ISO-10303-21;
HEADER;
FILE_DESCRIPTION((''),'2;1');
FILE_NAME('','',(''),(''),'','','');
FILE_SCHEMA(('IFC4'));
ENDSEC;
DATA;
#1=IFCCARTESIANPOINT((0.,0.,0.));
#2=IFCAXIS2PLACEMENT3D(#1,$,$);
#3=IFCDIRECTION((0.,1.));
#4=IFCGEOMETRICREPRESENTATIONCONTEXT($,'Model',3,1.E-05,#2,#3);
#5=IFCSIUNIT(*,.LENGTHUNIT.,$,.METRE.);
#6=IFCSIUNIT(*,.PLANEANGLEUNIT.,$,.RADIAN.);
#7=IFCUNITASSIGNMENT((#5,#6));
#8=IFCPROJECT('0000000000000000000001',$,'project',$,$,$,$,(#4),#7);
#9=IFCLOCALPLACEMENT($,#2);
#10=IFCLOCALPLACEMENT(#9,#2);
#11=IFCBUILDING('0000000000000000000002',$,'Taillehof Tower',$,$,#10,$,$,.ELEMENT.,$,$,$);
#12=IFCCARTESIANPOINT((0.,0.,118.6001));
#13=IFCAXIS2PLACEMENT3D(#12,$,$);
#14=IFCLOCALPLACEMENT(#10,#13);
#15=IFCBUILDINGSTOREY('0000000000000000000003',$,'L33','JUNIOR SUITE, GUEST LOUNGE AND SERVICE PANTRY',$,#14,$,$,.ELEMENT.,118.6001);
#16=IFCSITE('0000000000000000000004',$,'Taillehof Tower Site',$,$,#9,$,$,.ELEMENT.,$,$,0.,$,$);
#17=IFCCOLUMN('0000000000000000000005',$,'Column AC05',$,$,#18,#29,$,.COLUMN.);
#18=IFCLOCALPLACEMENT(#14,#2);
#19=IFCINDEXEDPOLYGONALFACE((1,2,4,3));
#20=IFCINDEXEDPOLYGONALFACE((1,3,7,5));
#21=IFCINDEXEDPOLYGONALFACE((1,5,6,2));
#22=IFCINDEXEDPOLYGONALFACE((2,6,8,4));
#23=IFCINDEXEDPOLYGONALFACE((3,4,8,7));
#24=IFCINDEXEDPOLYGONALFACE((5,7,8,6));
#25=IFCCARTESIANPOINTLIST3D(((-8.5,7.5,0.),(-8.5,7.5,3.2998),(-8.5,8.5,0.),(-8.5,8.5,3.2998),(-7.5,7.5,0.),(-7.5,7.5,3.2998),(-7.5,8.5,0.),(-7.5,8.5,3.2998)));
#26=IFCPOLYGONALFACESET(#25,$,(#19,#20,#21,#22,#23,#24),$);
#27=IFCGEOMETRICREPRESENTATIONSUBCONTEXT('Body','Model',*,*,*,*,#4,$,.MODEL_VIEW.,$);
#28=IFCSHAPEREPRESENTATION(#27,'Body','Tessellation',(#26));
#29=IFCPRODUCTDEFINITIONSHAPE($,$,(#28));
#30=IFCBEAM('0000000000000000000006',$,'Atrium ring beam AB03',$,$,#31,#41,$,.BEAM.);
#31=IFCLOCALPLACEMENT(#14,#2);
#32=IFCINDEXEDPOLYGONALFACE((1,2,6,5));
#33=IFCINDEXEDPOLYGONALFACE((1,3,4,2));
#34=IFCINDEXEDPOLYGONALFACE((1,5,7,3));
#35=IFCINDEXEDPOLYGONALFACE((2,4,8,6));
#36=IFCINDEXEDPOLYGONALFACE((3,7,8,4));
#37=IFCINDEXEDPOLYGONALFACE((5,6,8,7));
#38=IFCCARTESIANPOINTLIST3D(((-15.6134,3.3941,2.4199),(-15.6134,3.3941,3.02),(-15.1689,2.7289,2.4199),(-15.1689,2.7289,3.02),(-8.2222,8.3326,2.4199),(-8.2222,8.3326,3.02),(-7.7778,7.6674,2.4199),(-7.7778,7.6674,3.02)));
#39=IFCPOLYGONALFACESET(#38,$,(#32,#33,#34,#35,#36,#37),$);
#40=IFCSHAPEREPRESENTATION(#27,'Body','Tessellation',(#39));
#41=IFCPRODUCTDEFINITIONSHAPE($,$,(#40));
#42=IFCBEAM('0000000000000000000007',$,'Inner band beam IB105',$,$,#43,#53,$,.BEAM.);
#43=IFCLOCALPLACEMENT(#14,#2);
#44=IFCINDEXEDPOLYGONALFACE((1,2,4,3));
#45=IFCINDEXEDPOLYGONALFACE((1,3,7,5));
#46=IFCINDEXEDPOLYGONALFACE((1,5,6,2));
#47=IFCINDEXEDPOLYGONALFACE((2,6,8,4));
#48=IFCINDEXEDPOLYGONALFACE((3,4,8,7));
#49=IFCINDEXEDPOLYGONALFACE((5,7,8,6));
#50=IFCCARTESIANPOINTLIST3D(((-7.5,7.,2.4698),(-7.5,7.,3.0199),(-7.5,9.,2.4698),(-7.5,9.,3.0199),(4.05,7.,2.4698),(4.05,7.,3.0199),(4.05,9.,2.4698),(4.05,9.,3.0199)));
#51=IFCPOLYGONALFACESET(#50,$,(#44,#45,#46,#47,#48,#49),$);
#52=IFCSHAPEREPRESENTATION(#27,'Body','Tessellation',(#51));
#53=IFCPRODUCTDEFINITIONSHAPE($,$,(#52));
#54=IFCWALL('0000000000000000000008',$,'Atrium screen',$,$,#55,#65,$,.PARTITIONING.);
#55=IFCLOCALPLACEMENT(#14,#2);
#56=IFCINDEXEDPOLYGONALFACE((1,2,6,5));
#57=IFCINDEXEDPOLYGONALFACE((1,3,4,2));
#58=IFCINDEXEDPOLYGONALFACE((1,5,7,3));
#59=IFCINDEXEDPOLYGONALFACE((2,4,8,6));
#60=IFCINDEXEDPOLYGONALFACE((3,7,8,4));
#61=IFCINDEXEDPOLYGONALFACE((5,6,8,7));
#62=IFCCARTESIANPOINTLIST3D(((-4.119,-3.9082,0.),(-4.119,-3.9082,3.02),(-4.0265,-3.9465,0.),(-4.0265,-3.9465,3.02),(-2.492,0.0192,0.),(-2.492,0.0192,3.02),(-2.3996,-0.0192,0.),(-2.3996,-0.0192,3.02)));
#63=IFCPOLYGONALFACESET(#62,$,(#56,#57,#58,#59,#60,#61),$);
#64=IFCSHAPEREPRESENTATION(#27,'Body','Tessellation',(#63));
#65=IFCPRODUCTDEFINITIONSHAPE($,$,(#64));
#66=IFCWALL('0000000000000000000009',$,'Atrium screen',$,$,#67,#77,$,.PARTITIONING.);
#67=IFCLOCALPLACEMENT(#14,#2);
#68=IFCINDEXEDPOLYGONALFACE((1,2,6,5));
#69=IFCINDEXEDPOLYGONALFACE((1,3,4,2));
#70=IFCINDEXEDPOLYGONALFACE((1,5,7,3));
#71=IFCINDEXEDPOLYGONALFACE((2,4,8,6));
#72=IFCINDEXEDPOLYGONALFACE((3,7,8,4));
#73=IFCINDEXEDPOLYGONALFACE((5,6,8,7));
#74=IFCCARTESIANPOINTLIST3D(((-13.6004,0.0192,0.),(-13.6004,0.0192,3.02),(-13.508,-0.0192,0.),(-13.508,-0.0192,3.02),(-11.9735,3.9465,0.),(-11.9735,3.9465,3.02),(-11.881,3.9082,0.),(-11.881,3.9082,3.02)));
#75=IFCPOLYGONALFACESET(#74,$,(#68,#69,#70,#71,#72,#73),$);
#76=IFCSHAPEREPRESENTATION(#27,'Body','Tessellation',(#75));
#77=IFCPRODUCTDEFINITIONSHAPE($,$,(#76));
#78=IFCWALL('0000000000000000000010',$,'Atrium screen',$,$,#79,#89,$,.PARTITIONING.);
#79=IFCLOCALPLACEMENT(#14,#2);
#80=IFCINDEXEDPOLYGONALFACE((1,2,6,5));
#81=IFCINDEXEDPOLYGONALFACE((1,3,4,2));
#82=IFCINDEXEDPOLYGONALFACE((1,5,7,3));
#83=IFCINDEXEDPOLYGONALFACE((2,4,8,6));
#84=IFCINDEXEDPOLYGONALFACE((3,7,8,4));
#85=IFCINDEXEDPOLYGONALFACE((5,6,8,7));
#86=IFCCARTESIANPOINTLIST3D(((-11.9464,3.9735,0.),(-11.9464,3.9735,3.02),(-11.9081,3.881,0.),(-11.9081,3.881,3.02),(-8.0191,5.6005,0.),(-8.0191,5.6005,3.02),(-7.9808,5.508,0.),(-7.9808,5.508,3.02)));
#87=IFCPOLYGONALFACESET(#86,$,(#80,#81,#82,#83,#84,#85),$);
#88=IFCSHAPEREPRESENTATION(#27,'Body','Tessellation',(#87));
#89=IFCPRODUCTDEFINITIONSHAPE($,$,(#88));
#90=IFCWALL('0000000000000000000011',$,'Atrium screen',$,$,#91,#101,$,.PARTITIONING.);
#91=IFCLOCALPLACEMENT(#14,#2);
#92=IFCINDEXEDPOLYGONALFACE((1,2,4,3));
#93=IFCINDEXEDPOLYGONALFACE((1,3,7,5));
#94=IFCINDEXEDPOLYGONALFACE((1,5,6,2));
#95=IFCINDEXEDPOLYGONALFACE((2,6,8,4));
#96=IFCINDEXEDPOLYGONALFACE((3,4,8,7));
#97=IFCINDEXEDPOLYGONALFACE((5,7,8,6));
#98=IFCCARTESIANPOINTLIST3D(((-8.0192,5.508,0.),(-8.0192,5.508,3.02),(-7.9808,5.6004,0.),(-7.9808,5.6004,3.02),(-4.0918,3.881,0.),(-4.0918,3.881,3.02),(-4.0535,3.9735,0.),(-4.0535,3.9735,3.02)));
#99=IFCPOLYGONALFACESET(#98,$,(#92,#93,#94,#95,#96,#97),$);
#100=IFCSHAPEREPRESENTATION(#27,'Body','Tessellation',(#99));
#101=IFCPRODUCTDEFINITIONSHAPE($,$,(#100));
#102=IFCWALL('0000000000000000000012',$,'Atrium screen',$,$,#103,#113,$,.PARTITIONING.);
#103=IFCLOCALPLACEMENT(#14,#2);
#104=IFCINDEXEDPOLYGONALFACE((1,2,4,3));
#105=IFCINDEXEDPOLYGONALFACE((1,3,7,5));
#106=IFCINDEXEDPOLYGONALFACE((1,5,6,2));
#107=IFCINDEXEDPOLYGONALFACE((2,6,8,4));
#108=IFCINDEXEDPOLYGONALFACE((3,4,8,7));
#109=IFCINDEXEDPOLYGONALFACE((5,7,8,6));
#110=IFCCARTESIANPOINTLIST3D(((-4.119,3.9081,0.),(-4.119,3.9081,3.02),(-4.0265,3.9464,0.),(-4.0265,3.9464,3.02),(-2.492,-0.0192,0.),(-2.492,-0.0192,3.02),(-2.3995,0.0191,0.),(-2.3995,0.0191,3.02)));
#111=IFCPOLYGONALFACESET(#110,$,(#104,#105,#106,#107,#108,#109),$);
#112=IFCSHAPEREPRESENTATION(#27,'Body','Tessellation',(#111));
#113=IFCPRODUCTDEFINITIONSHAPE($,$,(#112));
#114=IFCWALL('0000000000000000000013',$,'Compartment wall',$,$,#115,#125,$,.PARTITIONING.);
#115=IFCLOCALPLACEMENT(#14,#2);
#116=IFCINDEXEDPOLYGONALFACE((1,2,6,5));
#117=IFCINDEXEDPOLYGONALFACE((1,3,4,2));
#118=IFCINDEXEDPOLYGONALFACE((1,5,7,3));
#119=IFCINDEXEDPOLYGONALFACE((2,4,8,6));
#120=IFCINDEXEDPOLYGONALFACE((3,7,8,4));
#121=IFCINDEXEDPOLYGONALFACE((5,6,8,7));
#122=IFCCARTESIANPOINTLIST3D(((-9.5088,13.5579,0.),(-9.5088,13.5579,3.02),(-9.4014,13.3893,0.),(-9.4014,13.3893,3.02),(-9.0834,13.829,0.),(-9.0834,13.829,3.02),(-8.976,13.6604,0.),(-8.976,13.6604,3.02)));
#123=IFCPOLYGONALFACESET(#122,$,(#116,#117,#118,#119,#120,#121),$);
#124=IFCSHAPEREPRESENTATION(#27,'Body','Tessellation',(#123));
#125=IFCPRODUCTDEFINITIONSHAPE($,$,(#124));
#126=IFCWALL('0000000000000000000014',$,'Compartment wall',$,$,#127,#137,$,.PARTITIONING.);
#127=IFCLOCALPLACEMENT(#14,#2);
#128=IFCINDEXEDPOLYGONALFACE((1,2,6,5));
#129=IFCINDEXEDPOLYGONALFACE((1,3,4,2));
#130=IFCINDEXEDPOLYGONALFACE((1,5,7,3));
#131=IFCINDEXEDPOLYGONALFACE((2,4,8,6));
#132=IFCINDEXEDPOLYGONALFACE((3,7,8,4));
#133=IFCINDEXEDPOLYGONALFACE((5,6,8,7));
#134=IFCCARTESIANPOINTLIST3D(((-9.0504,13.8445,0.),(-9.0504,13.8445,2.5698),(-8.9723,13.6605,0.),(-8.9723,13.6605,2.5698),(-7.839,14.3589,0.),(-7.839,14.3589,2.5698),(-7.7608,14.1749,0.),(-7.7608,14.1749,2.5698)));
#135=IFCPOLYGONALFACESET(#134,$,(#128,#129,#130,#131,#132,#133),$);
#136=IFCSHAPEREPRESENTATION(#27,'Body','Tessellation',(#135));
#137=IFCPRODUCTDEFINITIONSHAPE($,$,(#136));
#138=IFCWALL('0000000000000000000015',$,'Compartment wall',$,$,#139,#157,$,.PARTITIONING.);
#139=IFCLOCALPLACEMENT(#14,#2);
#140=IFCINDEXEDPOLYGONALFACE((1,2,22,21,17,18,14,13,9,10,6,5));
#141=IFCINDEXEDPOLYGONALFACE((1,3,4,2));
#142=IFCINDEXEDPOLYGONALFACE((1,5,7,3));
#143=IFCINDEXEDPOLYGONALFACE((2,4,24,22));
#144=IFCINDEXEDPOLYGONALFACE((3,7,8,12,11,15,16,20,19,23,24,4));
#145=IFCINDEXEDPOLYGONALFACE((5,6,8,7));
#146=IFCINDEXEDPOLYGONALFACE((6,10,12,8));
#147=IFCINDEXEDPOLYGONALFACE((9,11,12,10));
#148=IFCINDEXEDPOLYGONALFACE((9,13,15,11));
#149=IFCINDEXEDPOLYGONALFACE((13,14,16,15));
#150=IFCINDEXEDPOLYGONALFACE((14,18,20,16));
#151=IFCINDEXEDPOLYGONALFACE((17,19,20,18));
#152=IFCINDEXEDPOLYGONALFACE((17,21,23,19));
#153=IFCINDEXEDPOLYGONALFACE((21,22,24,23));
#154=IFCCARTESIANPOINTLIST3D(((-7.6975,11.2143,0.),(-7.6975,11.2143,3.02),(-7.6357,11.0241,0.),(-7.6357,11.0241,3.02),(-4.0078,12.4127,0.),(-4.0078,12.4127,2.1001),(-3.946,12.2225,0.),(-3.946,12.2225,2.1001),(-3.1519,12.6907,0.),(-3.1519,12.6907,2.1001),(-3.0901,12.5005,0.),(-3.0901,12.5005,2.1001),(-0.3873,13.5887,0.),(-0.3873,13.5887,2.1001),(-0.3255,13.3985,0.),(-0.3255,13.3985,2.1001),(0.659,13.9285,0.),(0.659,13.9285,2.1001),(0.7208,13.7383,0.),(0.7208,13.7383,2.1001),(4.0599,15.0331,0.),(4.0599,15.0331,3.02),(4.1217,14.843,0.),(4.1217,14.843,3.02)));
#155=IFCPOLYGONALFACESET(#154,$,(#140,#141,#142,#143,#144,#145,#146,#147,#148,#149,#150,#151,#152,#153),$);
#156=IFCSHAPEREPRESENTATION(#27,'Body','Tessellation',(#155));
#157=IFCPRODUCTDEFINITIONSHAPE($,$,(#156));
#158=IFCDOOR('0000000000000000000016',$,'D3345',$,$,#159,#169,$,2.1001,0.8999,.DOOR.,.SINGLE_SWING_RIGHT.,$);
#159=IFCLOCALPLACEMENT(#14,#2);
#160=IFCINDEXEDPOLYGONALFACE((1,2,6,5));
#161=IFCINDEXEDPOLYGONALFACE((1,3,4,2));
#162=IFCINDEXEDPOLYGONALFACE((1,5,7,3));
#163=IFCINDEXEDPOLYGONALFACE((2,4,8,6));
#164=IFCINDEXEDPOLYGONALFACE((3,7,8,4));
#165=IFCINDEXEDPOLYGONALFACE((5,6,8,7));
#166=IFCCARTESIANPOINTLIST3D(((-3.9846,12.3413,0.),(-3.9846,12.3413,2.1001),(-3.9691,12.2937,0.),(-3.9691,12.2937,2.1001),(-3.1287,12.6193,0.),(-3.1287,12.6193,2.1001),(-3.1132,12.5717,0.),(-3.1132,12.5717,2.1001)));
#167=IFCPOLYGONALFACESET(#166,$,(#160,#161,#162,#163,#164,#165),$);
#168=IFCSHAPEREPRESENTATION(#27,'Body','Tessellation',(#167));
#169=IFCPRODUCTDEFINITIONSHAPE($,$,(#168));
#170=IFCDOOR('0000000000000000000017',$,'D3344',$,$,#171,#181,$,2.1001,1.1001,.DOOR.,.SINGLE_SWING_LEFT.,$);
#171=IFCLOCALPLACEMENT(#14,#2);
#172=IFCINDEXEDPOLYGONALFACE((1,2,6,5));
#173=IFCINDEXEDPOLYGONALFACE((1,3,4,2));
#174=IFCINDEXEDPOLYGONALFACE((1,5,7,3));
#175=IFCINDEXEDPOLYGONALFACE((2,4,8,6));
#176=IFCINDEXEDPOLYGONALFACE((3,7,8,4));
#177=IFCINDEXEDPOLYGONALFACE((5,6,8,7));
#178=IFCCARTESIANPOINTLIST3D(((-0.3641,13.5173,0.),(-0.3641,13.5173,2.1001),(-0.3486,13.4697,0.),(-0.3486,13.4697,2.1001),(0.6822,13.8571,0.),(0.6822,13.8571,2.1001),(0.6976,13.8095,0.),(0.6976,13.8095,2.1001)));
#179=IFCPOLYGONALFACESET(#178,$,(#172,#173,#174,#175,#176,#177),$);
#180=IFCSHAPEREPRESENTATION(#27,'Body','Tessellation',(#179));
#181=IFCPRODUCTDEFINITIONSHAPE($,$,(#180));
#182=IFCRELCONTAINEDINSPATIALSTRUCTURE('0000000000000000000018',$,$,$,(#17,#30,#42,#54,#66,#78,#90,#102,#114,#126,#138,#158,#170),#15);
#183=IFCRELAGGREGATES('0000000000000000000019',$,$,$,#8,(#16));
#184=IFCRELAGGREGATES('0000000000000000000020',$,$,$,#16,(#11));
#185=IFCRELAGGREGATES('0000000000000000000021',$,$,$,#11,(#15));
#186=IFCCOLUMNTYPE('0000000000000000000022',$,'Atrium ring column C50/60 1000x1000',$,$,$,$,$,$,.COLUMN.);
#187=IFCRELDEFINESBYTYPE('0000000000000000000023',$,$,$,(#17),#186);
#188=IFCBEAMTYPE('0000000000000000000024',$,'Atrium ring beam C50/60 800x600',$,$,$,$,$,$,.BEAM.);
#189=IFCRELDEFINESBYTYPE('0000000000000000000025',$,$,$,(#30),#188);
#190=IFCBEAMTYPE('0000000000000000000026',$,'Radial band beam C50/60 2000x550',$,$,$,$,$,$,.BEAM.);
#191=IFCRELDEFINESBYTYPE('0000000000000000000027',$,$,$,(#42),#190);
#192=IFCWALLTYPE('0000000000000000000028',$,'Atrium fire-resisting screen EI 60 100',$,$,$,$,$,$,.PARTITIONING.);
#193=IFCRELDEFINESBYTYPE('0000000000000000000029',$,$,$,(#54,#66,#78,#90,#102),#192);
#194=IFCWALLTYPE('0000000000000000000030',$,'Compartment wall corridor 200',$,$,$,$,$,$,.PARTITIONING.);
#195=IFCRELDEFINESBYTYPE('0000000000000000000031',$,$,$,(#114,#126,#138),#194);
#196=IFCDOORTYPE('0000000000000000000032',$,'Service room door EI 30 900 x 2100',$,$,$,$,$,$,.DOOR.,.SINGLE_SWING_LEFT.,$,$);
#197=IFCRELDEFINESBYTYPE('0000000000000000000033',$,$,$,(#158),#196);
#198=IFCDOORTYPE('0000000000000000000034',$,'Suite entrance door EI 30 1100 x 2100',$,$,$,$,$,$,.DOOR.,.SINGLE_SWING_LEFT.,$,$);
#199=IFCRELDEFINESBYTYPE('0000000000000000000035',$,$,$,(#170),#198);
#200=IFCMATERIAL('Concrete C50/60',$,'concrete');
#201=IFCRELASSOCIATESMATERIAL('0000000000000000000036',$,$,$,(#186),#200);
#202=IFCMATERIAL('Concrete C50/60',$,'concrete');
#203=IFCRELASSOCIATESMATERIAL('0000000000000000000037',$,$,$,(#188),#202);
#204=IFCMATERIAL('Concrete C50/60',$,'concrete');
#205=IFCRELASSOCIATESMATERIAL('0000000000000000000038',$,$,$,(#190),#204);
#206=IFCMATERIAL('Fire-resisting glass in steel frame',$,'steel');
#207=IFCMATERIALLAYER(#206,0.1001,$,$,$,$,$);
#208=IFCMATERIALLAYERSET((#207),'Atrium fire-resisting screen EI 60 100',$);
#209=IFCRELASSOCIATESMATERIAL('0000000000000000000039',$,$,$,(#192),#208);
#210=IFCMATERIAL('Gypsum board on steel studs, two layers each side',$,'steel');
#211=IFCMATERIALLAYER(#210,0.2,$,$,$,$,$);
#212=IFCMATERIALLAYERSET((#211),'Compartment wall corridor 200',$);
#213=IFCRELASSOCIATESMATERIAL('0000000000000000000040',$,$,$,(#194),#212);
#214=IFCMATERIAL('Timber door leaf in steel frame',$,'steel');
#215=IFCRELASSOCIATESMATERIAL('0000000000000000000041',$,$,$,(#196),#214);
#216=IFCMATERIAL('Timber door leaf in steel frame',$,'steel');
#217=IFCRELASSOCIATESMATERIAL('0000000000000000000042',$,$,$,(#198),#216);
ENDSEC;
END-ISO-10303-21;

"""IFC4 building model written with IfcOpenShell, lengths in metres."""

from ifc_helpers import new_model, si_unit, direction, frame, frame_2d, origin, origin_2d, place, context, subcontext, project, spatial, rectangle, extrude, material, layer, layer_set, material_profile, profile_set, type_object, element, fill, save


model = new_model("IFC4")

# Units and contexts
model_context = context("Model", 3, precision=1e-05, world=origin(), true_north=direction((0.0, 1.0)))
body_context = subcontext(model_context, "Body", "Model", "MODEL_VIEW")
ifc_project = project(units=[si_unit("LENGTHUNIT", "METRE"), si_unit("PLANEANGLEUNIT", "RADIAN")], contexts=[model_context])

# Site, building, storey
site_placement = place(None, origin())
site = spatial("IfcSite", under=ifc_project, at=site_placement, Name="Taillehof Tower Site", CompositionType="ELEMENT", RefElevation=0.0)
building_placement = place(site_placement, origin())
building = spatial("IfcBuilding", under=site, at=building_placement, Name="Taillehof Tower", CompositionType="ELEMENT")
storey_placement = place(building_placement, frame((0.0, 0.0, 118.6001)))
storey = spatial("IfcBuildingStorey", under=building, at=storey_placement, Name="L33", Description="JUNIOR SUITE, GUEST LOUNGE AND SERVICE PANTRY", CompositionType="ELEMENT", Elevation=118.6001)

# Column
ifc_material_1 = material(Name="Concrete C50/60", Category="concrete")
ifc_material_profile_1 = material_profile(ifc_material_1, rectangle(XDim=1.0, YDim=1.0, at=origin_2d()), Name="RC 1000x1000")
ifc_profile_set_1 = profile_set([ifc_material_profile_1], Name="Concrete C50/60")
column_type = type_object("IfcColumnType", Name="Atrium ring column C50/60 1000x1000", PredefinedType="COLUMN", material=ifc_profile_set_1)
column_placement = place(storey_placement, frame((-8.0, 8.0, 0.0), z_axis=(0.0, 0.0, 1.0), x_axis=(1.0, 0.0, 0.0)))
element("IfcColumn", 1, at=column_placement, inside=storey, type_object=column_type, Name="Column AC05", PredefinedType="COLUMN", context=body_context, shape_type="SweptSolid", body=[
    extrude(rectangle(XDim=1.0, YDim=1.0, at=origin_2d()), origin(), (0.0, 0.0, 1.0), 3.2998),
])

# Beams
ifc_material_2 = material(Name="Concrete C50/60", Category="concrete")
ifc_material_profile_2 = material_profile(ifc_material_2, rectangle(XDim=0.8, YDim=0.6001, at=origin_2d()), Name="RC 800x600")
ifc_profile_set_2 = profile_set([ifc_material_profile_2], Name="Concrete C50/60")
beam_type_1 = type_object("IfcBeamType", Name="Atrium ring beam C50/60 800x600", PredefinedType="BEAM", material=ifc_profile_set_2)
beam_1_placement = place(storey_placement, frame((-8.0, 8.0, 2.72), z_axis=(-0.831475, -0.555562, 0.0), x_axis=(0.555562, -0.831475, 0.0)))
element("IfcBeam", 2, at=beam_1_placement, inside=storey, type_object=beam_type_1, Name="Atrium ring beam AB03", PredefinedType="BEAM", context=body_context, shape_type="SweptSolid", body=[
    extrude(rectangle(XDim=0.8, YDim=0.6001, at=origin_2d()), origin(), (0.0, 0.0, 1.0), 8.8892),
])
ifc_material_3 = material(Name="Concrete C50/60", Category="concrete")
ifc_material_profile_3 = material_profile(ifc_material_3, rectangle(XDim=2.0, YDim=0.55, at=origin_2d()), Name="RC 2000x550")
ifc_profile_set_3 = profile_set([ifc_material_profile_3], Name="Concrete C50/60")
beam_type_2 = type_object("IfcBeamType", Name="Radial band beam C50/60 2000x550", PredefinedType="BEAM", material=ifc_profile_set_3)
beam_2_placement = place(storey_placement, frame((-7.5, 8.0, 2.7449), z_axis=(1.0, 0.0, 0.0), x_axis=(0.0, 1.0, 0.0)))
element("IfcBeam", 3, at=beam_2_placement, inside=storey, type_object=beam_type_2, Name="Inner band beam IB105", PredefinedType="BEAM", context=body_context, shape_type="SweptSolid", body=[
    extrude(rectangle(XDim=2.0, YDim=0.55, at=origin_2d()), origin(), (0.0, 0.0, 1.0), 11.55),
])

# Walls
ifc_material_4 = material(Name="Fire-resisting glass in steel frame", Category="steel")
ifc_layer_1 = layer(ifc_material_4, 0.1001)
ifc_layer_set_1 = layer_set([ifc_layer_1], Name="Atrium fire-resisting screen EI 60 100")
wall_type_1 = type_object("IfcWallType", Name="Atrium fire-resisting screen EI 60 100", PredefinedType="PARTITIONING", material=ifc_layer_set_1)
for number, where, z_axis, x_axis, name in (
    (4, (-2.4458, 0.0, 0.0), (0.0, 0.0, 1.0), (-0.382731, -0.92386, 0.0), "Atrium screen"),
    (5, (-13.5542, 0.0, 0.0), (0.0, 0.0, 1.0), (0.382731, 0.92386, 0.0), "Atrium screen"),
    (6, (-11.9272, 3.9272, 0.0), (0.0, 0.0, 1.0), (0.92386, 0.382731, 0.0), "Atrium screen"),
    (7, (-8.0, 5.5542, 0.0), (0.0, 0.0, 1.0), (0.92386, -0.382731, 0.0), "Atrium screen"),
    (8, (-4.0728, 3.9272, 0.0), (0.0, 0.0, 1.0), (0.382731, -0.92386, 0.0), "Atrium screen"),
):
    element("IfcWall", number, at=place(storey_placement, frame(where, z_axis=z_axis, x_axis=x_axis)), inside=storey, type_object=wall_type_1, Name=name, PredefinedType="PARTITIONING", context=body_context, shape_type="SweptSolid", body=[
        extrude(rectangle(XDim=4.251, YDim=0.1001, at=frame_2d((2.1255, 0.0))), origin(), (0.0, 0.0, 1.0), 3.02),
    ])
ifc_material_5 = material(Name="Gypsum board on steel studs, two layers each side", Category="steel")
ifc_layer_2 = layer(ifc_material_5, 0.2)
ifc_layer_set_2 = layer_set([ifc_layer_2], Name="Compartment wall corridor 200")
wall_type_2 = type_object("IfcWallType", Name="Compartment wall corridor 200", PredefinedType="PARTITIONING", material=ifc_layer_set_2)
wall_1_placement = place(storey_placement, frame((-9.4551, 13.4736, 0.0), z_axis=(0.0, 0.0, 1.0), x_axis=(0.843342, 0.537377, 0.0)))
element("IfcWall", 9, at=wall_1_placement, inside=storey, type_object=wall_type_2, Name="Compartment wall", PredefinedType="PARTITIONING", context=body_context, shape_type="SweptSolid", body=[
    extrude(rectangle(XDim=0.5044, YDim=0.2, at=frame_2d((0.2522, 0.0))), origin(), (0.0, 0.0, 1.0), 3.02),
])
wall_2_placement = place(storey_placement, frame((-9.0115, 13.7524, 0.0), z_axis=(0.0, 0.0, 1.0), x_axis=(0.920454, 0.39085, 0.0)))
element("IfcWall", 10, at=wall_2_placement, inside=storey, type_object=wall_type_2, Name="Compartment wall", PredefinedType="PARTITIONING", context=body_context, shape_type="SweptSolid", body=[
    extrude(rectangle(XDim=1.3162, YDim=0.2, at=frame_2d((0.6582, 0.0))), origin(), (0.0, 0.0, 1.0), 2.5698),
])

# Wall, openings, doors
wall_3_placement = place(storey_placement, frame((-7.6667, 11.1191, 0.0), z_axis=(0.0, 0.0, 1.0), x_axis=(0.951088, 0.308919, 0.0)))
wall_3 = element("IfcWall", 11, at=wall_3_placement, inside=storey, type_object=wall_type_2, Name="Compartment wall", PredefinedType="PARTITIONING", context=body_context, shape_type="SweptSolid", body=[
    extrude(rectangle(XDim=12.3621, YDim=0.2, at=frame_2d((6.1812, 0.0))), origin(), (0.0, 0.0, 1.0), 3.02),
])
opening_1_placement = place(wall_3_placement, frame((7.6863, 0.0, 0.0)))
opening_1 = element("IfcOpeningElement", 12, at=opening_1_placement, cuts=wall_3, PredefinedType="OPENING", context=body_context, shape_type="SweptSolid", body=[
    extrude(rectangle(XDim=1.1001, YDim=2.1001, at=frame_2d((0.55, 1.05))), frame((0.0, 0.1099, 0.0), z_axis=(0.0, -1.0, 0.0), x_axis=(1.0, 0.0, 0.0)), (0.0, 0.0, 1.0), 0.22),
])
opening_2_placement = place(wall_3_placement, frame((3.8796, 0.0, 0.0)))
opening_2 = element("IfcOpeningElement", 13, at=opening_2_placement, cuts=wall_3, PredefinedType="OPENING", context=body_context, shape_type="SweptSolid", body=[
    extrude(rectangle(XDim=0.8999, YDim=2.1001, at=frame_2d((0.45, 1.05))), frame((0.0, 0.1099, 0.0), z_axis=(0.0, -1.0, 0.0), x_axis=(1.0, 0.0, 0.0)), (0.0, 0.0, 1.0), 0.22),
])
ifc_material_6 = material(Name="Timber door leaf in steel frame", Category="steel")
door_type_1 = type_object("IfcDoorType", Name="Service room door EI 30 900 x 2100", OperationType="SINGLE_SWING_LEFT", PredefinedType="DOOR", material=ifc_material_6)
door_1_placement = place(opening_2_placement, origin())
door_1 = element("IfcDoor", 14, at=door_1_placement, inside=storey, type_object=door_type_1, Name="D3345", OperationType="SINGLE_SWING_RIGHT", OverallHeight=2.1001, OverallWidth=0.8999, PredefinedType="DOOR", context=body_context, shape_type="SweptSolid", body=[
    extrude(rectangle(XDim=0.8999, YDim=2.1001, at=frame_2d((0.45, 1.05))), frame((0.0, 0.0249, 0.0), z_axis=(0.0, -1.0, 0.0), x_axis=(1.0, 0.0, 0.0)), (0.0, 0.0, 1.0), 0.05),
])
fill(opening_2, door_1)
ifc_material_7 = material(Name="Timber door leaf in steel frame", Category="steel")
door_type_2 = type_object("IfcDoorType", Name="Suite entrance door EI 30 1100 x 2100", OperationType="SINGLE_SWING_LEFT", PredefinedType="DOOR", material=ifc_material_7)
door_2_placement = place(opening_1_placement, origin())
door_2 = element("IfcDoor", 15, at=door_2_placement, inside=storey, type_object=door_type_2, Name="D3344", OperationType="SINGLE_SWING_LEFT", OverallHeight=2.1001, OverallWidth=1.1001, PredefinedType="DOOR", context=body_context, shape_type="SweptSolid", body=[
    extrude(rectangle(XDim=1.1001, YDim=2.1001, at=frame_2d((0.55, 1.05))), frame((0.0, 0.0249, 0.0), z_axis=(0.0, -1.0, 0.0), x_axis=(1.0, 0.0, 0.0)), (0.0, 0.0, 1.0), 0.05),
])
fill(opening_1, door_2)

save(model, "model.ifc")
